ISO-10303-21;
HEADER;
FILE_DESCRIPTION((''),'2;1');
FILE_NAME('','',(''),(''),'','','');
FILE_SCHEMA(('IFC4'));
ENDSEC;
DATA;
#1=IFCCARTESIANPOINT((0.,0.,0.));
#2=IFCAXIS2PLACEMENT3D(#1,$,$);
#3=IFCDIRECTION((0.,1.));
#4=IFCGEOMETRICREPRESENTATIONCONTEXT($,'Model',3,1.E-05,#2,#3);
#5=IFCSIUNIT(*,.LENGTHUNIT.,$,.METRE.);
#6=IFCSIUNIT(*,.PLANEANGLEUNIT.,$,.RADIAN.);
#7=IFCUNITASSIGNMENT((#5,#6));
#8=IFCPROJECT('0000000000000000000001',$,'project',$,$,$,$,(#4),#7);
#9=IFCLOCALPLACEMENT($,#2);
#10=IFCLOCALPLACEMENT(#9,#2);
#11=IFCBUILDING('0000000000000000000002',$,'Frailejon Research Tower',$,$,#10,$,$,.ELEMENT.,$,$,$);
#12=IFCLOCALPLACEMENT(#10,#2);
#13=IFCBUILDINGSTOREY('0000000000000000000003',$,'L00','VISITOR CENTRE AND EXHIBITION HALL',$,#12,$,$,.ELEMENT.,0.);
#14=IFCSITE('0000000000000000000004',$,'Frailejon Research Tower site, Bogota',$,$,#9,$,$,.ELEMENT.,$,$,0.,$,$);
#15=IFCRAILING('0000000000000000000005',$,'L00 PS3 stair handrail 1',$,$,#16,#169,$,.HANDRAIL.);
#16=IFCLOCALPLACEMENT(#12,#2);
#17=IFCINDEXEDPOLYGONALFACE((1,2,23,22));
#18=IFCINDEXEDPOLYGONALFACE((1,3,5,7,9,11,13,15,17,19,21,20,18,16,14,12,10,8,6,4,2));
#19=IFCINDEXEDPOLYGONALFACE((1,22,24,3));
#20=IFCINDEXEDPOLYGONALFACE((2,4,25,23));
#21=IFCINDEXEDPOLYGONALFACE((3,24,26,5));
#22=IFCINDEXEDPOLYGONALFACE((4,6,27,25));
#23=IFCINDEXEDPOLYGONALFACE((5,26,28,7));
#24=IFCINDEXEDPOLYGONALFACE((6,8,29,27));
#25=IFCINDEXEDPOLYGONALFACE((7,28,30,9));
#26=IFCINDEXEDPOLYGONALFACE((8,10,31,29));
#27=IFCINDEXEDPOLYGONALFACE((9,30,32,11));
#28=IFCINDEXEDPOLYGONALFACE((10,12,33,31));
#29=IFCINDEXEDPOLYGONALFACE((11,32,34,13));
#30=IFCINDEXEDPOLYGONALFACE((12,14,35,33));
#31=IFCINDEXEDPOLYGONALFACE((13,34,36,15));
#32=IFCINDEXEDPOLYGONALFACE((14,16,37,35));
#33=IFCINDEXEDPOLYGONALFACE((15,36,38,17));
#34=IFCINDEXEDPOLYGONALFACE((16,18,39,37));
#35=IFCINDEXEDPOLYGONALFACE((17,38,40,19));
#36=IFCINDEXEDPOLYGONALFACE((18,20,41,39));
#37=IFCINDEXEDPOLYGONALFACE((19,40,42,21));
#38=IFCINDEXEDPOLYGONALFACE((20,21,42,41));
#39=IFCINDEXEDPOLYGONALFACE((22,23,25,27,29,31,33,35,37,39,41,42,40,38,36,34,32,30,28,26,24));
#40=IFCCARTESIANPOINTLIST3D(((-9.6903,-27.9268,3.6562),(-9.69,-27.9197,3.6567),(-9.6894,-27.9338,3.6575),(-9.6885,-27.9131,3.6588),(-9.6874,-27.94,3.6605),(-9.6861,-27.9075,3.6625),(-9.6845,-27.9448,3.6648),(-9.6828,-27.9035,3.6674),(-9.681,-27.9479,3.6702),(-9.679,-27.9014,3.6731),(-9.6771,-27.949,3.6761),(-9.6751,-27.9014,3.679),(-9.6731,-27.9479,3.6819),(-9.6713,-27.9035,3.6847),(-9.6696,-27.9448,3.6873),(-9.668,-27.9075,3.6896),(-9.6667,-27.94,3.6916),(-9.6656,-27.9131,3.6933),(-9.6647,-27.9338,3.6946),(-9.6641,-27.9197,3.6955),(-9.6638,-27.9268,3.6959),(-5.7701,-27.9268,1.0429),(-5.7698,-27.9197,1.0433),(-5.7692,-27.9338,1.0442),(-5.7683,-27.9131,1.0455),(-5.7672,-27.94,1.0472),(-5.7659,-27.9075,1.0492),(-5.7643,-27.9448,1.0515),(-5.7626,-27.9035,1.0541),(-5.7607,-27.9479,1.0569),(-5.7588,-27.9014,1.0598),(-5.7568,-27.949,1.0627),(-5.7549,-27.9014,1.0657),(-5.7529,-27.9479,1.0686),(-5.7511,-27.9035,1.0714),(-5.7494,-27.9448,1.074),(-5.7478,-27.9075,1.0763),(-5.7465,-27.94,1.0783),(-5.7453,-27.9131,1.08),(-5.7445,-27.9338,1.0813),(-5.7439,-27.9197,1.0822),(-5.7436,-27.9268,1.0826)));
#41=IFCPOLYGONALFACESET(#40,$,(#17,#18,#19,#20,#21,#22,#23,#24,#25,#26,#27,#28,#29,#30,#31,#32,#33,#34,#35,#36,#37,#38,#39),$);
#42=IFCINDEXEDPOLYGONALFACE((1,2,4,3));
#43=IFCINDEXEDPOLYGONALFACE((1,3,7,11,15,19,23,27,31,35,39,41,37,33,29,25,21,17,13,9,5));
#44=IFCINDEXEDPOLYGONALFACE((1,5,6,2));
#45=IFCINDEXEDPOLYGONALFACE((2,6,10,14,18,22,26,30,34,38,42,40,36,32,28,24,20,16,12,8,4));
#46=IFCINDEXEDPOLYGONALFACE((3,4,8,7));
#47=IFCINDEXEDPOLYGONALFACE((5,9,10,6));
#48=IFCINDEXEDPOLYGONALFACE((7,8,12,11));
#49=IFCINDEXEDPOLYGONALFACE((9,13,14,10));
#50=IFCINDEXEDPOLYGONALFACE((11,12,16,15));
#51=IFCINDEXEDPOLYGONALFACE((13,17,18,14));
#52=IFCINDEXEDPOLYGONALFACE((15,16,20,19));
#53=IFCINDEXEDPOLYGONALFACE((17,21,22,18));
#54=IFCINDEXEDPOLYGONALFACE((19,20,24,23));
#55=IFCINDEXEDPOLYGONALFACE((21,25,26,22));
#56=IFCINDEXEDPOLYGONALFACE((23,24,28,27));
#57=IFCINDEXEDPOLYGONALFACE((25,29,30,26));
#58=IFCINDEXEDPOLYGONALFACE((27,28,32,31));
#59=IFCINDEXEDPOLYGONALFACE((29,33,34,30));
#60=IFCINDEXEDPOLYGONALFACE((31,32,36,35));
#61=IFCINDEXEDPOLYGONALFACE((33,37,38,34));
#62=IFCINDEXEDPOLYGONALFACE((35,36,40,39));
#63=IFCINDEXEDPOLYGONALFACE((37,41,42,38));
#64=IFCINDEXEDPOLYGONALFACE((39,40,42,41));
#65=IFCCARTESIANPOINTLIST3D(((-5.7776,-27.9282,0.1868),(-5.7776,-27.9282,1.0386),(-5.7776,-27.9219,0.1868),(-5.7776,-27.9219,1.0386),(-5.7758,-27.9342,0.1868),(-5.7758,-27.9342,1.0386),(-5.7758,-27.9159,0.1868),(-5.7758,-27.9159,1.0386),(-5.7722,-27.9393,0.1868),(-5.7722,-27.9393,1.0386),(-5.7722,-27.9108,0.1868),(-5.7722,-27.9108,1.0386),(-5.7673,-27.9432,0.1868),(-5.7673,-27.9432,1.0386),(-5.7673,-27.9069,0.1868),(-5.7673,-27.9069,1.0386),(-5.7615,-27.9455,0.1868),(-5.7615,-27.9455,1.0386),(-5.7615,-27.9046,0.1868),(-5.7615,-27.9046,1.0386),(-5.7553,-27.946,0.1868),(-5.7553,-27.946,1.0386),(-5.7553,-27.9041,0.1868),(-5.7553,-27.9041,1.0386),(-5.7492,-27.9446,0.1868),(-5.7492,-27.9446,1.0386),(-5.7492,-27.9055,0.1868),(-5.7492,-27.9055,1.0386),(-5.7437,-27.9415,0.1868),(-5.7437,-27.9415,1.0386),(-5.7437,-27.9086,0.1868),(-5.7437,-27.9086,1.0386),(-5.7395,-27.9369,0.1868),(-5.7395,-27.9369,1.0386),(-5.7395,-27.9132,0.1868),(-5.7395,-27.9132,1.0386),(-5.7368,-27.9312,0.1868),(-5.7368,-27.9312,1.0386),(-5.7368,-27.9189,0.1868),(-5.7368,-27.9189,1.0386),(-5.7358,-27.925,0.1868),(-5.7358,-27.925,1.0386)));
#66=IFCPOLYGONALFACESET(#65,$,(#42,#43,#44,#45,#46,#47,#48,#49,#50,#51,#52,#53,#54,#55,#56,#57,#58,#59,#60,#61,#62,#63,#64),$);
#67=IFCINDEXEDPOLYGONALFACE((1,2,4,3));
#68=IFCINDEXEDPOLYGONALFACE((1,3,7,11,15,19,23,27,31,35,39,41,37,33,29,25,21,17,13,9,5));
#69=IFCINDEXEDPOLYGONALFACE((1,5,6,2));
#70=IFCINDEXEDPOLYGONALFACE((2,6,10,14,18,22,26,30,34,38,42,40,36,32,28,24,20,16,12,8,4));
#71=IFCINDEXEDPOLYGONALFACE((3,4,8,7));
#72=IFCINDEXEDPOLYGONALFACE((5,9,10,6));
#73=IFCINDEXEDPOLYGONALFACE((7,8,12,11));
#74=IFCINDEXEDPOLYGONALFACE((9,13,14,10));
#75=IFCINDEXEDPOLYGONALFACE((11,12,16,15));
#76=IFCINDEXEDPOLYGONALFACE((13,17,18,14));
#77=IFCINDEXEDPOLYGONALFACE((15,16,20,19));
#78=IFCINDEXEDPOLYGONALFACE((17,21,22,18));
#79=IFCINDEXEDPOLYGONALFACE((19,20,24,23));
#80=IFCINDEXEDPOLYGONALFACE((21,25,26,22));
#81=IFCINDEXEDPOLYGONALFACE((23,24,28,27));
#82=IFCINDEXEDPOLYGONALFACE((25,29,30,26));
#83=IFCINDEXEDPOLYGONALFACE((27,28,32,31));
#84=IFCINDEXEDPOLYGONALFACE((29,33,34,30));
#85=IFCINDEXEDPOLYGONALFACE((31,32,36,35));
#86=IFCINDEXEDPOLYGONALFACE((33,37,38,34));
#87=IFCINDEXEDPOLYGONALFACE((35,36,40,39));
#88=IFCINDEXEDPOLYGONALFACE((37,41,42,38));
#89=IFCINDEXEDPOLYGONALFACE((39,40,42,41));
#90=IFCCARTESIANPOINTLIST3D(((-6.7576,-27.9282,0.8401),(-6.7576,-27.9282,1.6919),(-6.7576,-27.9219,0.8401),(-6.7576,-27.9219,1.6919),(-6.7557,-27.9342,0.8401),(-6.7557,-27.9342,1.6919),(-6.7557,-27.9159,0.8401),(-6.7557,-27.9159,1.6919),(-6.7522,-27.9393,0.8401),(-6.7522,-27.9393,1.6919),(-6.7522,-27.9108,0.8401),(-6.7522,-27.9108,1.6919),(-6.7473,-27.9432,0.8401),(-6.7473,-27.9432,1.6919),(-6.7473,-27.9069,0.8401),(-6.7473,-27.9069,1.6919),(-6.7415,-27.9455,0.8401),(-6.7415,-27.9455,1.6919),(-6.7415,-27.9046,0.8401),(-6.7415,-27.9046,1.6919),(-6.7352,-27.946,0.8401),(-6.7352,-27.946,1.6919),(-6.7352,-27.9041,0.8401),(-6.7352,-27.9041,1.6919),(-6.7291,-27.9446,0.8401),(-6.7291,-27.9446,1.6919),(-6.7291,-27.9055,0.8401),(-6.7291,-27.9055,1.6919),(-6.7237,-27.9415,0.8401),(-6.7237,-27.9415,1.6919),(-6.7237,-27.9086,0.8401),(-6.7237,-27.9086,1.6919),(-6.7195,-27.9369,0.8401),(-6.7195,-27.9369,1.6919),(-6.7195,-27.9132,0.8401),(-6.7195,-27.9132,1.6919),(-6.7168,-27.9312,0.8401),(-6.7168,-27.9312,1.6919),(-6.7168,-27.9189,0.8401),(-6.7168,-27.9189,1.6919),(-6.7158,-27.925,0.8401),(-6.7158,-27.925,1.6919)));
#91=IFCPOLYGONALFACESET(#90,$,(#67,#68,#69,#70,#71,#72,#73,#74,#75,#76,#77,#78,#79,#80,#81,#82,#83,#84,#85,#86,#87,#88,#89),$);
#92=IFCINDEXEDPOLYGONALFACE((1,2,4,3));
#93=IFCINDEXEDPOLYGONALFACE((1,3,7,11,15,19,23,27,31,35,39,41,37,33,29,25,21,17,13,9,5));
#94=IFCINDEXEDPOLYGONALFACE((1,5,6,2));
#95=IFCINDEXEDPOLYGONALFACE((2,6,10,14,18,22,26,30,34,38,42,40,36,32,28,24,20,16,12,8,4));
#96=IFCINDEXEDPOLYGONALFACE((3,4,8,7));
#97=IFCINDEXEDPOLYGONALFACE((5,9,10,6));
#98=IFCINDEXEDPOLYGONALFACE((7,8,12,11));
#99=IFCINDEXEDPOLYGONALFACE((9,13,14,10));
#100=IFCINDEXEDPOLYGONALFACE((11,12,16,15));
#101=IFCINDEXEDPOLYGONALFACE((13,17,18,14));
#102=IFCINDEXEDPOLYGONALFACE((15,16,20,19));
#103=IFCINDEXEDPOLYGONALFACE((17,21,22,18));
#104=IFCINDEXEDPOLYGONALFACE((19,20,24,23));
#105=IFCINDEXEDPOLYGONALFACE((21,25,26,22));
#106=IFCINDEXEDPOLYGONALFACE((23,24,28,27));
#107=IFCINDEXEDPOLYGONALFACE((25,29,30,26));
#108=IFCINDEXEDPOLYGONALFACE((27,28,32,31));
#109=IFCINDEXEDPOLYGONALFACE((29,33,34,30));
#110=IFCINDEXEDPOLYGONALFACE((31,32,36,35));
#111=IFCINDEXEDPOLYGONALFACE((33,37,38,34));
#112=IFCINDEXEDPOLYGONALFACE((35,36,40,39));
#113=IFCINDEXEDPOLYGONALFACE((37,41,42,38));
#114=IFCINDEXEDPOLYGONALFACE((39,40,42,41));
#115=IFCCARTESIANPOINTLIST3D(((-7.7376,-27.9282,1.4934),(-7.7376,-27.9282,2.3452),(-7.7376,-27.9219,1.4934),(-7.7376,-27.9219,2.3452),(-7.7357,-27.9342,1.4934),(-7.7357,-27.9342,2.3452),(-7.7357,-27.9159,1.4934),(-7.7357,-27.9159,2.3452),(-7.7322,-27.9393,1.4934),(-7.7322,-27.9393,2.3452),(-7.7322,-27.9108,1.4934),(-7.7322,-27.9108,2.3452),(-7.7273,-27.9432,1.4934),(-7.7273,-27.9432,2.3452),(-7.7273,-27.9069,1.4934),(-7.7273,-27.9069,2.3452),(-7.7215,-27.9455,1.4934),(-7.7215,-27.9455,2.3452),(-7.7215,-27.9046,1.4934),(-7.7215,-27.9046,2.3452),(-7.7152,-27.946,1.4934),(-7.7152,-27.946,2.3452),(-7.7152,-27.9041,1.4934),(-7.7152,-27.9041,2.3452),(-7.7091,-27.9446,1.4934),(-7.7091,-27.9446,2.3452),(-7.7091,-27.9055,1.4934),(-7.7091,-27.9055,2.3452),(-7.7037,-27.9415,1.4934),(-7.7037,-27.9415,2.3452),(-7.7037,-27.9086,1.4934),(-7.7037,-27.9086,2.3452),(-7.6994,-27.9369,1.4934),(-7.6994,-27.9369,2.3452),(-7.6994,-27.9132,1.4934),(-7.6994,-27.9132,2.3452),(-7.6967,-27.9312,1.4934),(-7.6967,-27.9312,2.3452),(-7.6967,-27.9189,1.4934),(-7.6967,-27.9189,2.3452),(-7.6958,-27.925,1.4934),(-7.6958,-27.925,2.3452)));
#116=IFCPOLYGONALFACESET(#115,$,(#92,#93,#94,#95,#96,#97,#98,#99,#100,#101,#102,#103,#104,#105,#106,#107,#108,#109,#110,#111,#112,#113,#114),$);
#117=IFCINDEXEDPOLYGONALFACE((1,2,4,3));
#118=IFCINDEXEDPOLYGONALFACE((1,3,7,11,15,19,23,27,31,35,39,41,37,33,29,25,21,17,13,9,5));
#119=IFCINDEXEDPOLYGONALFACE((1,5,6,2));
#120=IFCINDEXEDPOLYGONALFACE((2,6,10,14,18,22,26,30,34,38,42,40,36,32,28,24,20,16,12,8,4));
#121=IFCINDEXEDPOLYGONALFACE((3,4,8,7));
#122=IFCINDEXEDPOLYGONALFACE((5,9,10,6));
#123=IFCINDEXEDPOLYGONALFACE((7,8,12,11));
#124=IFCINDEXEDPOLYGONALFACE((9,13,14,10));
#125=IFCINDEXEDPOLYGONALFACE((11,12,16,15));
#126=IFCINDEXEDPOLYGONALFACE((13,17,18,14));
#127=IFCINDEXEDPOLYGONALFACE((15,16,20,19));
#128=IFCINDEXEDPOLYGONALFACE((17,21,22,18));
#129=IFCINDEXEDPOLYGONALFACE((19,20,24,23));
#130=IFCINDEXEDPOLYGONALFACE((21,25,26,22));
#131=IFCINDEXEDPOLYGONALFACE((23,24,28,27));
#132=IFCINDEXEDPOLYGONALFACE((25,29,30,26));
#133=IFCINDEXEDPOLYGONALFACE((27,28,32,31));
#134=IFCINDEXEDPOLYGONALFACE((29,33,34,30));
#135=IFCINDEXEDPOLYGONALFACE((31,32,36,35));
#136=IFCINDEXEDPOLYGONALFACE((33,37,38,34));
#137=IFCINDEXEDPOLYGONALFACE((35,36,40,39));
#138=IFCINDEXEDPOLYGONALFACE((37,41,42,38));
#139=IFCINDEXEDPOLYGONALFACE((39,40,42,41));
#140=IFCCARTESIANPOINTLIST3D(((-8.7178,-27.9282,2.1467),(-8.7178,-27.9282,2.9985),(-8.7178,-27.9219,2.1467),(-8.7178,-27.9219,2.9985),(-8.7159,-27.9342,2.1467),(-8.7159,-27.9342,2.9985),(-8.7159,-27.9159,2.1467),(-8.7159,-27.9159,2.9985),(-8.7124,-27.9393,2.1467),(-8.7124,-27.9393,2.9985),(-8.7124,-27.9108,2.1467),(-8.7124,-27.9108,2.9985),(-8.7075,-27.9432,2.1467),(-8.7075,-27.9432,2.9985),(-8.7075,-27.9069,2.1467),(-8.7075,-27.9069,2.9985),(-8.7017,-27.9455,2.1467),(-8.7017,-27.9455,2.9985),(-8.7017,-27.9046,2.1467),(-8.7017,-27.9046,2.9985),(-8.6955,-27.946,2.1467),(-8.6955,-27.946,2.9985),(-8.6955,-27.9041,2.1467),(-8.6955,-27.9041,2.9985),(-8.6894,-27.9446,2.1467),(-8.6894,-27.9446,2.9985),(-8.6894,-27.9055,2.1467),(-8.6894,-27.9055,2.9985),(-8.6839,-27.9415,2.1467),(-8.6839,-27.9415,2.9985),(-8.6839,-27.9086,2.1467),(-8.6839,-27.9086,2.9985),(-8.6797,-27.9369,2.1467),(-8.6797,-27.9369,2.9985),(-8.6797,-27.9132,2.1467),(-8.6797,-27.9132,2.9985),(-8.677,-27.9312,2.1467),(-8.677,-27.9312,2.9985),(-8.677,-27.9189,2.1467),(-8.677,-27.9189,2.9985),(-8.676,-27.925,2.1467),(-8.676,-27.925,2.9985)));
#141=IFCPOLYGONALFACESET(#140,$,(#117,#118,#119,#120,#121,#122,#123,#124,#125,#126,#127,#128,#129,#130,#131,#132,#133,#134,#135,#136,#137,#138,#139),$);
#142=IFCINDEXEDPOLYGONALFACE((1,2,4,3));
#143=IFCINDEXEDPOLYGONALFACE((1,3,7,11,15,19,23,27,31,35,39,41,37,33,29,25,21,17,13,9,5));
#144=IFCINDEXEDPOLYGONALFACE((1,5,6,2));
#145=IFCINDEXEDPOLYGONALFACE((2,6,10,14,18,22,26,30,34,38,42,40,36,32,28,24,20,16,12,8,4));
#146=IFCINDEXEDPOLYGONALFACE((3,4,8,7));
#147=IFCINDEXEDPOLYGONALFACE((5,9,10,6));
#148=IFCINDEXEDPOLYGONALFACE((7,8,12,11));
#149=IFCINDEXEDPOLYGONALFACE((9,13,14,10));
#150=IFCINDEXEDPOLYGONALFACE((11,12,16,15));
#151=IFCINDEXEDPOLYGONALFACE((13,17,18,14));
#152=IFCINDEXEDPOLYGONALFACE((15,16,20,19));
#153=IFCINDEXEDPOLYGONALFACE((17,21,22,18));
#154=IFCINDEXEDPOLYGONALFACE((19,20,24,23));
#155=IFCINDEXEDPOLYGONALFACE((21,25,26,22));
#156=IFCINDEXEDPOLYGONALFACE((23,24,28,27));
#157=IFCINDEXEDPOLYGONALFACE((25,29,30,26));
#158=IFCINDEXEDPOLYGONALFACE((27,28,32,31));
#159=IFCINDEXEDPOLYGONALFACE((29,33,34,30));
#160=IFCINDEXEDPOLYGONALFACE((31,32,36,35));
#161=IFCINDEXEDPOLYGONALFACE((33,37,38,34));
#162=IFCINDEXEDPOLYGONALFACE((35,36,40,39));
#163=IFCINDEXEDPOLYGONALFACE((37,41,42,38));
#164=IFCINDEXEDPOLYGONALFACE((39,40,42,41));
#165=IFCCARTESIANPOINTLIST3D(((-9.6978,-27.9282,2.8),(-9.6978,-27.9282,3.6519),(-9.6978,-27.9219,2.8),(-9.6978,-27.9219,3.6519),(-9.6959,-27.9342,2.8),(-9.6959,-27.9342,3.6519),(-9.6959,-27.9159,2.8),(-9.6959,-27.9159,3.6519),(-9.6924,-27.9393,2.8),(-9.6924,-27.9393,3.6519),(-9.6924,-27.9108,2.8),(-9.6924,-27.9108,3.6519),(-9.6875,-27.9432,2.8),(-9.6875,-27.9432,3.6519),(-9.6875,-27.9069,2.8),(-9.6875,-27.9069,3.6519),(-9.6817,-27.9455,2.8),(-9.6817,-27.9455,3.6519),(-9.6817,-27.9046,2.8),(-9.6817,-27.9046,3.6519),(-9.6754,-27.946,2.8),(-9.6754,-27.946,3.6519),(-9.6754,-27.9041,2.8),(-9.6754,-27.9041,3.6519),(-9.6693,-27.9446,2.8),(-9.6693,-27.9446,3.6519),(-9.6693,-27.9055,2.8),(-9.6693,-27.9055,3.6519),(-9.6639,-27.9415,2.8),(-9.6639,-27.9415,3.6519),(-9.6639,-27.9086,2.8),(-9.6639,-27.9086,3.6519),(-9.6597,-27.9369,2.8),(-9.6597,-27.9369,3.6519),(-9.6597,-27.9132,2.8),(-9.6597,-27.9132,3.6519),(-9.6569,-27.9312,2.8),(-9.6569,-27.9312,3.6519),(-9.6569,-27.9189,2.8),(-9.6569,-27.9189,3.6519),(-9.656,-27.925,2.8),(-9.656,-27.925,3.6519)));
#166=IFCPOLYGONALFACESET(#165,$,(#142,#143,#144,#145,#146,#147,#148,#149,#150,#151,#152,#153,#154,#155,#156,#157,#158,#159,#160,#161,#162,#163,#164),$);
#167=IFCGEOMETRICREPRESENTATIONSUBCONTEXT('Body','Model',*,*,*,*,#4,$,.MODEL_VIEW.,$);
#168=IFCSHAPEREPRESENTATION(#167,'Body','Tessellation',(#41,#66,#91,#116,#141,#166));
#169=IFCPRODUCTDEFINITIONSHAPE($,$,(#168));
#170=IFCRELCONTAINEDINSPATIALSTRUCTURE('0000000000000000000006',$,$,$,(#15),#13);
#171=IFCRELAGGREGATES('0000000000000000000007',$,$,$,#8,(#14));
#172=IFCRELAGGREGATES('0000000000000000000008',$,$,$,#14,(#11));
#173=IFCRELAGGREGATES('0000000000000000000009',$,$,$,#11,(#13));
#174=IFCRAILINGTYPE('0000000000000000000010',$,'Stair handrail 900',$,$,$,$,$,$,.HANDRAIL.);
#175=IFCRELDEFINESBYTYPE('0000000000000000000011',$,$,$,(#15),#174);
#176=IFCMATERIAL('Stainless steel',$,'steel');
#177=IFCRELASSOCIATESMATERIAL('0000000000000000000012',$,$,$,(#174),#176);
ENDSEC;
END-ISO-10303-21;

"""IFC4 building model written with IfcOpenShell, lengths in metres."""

from ifc_helpers import new_model, si_unit, direction, frame, origin, origin_2d, place, context, subcontext, project, spatial, circle, extrude, material, type_object, element, save


model = new_model("IFC4")

# Units and contexts
model_context = context("Model", 3, precision=1e-05, world=origin(), true_north=direction((0.0, 1.0)))
body_context = subcontext(model_context, "Body", "Model", "MODEL_VIEW")
ifc_project = project(units=[si_unit("LENGTHUNIT", "METRE"), si_unit("PLANEANGLEUNIT", "RADIAN")], contexts=[model_context])

# Site, building, storey
site_placement = place(None, origin())
site = spatial("IfcSite", under=ifc_project, at=site_placement, Name="Frailejon Research Tower site, Bogota", CompositionType="ELEMENT", RefElevation=0.0)
building_placement = place(site_placement, origin())
building = spatial("IfcBuilding", under=site, at=building_placement, Name="Frailejon Research Tower", CompositionType="ELEMENT")
storey_placement = place(building_placement, origin())
storey = spatial("IfcBuildingStorey", under=building, at=storey_placement, Name="L00", Description="VISITOR CENTRE AND EXHIBITION HALL", CompositionType="ELEMENT", Elevation=0.0)

# Railing
ifc_material_1 = material(Name="Stainless steel", Category="steel")
railing_type_1 = type_object("IfcRailingType", Name="Stair handrail 900", PredefinedType="HANDRAIL", material=ifc_material_1)
railing_1_placement = place(storey_placement, frame((-5.7568, -27.925, 0.1868)))
element("IfcRailing", 1, at=railing_1_placement, inside=storey, type_object=railing_type_1, Name="L00 PS3 stair handrail 1", PredefinedType="HANDRAIL", context=body_context, shape_type="SweptSolid", body=[
    extrude(circle(Radius=0.0239, at=origin_2d()), frame((0.0, 0.0, 0.876), z_axis=(-0.832066, 0.0, 0.554676), x_axis=(0.0, -1.0, 0.0)), (0.0, 0.0, 1.0), 4.7114),
    extrude(circle(Radius=0.021, at=origin_2d()), origin(), (0.0, 0.0, 1.0), 0.8518),
    extrude(circle(Radius=0.021, at=origin_2d()), frame((-0.98, 0.0, 0.6533)), (0.0, 0.0, 1.0), 0.8518),
    extrude(circle(Radius=0.021, at=origin_2d()), frame((-1.96, 0.0, 1.3066)), (0.0, 0.0, 1.0), 0.8518),
    extrude(circle(Radius=0.021, at=origin_2d()), frame((-2.9402, 0.0, 1.96)), (0.0, 0.0, 1.0), 0.8518),
    extrude(circle(Radius=0.021, at=origin_2d()), frame((-3.9202, 0.0, 2.6133)), (0.0, 0.0, 1.0), 0.8518),
])

save(model, "model.ifc")
